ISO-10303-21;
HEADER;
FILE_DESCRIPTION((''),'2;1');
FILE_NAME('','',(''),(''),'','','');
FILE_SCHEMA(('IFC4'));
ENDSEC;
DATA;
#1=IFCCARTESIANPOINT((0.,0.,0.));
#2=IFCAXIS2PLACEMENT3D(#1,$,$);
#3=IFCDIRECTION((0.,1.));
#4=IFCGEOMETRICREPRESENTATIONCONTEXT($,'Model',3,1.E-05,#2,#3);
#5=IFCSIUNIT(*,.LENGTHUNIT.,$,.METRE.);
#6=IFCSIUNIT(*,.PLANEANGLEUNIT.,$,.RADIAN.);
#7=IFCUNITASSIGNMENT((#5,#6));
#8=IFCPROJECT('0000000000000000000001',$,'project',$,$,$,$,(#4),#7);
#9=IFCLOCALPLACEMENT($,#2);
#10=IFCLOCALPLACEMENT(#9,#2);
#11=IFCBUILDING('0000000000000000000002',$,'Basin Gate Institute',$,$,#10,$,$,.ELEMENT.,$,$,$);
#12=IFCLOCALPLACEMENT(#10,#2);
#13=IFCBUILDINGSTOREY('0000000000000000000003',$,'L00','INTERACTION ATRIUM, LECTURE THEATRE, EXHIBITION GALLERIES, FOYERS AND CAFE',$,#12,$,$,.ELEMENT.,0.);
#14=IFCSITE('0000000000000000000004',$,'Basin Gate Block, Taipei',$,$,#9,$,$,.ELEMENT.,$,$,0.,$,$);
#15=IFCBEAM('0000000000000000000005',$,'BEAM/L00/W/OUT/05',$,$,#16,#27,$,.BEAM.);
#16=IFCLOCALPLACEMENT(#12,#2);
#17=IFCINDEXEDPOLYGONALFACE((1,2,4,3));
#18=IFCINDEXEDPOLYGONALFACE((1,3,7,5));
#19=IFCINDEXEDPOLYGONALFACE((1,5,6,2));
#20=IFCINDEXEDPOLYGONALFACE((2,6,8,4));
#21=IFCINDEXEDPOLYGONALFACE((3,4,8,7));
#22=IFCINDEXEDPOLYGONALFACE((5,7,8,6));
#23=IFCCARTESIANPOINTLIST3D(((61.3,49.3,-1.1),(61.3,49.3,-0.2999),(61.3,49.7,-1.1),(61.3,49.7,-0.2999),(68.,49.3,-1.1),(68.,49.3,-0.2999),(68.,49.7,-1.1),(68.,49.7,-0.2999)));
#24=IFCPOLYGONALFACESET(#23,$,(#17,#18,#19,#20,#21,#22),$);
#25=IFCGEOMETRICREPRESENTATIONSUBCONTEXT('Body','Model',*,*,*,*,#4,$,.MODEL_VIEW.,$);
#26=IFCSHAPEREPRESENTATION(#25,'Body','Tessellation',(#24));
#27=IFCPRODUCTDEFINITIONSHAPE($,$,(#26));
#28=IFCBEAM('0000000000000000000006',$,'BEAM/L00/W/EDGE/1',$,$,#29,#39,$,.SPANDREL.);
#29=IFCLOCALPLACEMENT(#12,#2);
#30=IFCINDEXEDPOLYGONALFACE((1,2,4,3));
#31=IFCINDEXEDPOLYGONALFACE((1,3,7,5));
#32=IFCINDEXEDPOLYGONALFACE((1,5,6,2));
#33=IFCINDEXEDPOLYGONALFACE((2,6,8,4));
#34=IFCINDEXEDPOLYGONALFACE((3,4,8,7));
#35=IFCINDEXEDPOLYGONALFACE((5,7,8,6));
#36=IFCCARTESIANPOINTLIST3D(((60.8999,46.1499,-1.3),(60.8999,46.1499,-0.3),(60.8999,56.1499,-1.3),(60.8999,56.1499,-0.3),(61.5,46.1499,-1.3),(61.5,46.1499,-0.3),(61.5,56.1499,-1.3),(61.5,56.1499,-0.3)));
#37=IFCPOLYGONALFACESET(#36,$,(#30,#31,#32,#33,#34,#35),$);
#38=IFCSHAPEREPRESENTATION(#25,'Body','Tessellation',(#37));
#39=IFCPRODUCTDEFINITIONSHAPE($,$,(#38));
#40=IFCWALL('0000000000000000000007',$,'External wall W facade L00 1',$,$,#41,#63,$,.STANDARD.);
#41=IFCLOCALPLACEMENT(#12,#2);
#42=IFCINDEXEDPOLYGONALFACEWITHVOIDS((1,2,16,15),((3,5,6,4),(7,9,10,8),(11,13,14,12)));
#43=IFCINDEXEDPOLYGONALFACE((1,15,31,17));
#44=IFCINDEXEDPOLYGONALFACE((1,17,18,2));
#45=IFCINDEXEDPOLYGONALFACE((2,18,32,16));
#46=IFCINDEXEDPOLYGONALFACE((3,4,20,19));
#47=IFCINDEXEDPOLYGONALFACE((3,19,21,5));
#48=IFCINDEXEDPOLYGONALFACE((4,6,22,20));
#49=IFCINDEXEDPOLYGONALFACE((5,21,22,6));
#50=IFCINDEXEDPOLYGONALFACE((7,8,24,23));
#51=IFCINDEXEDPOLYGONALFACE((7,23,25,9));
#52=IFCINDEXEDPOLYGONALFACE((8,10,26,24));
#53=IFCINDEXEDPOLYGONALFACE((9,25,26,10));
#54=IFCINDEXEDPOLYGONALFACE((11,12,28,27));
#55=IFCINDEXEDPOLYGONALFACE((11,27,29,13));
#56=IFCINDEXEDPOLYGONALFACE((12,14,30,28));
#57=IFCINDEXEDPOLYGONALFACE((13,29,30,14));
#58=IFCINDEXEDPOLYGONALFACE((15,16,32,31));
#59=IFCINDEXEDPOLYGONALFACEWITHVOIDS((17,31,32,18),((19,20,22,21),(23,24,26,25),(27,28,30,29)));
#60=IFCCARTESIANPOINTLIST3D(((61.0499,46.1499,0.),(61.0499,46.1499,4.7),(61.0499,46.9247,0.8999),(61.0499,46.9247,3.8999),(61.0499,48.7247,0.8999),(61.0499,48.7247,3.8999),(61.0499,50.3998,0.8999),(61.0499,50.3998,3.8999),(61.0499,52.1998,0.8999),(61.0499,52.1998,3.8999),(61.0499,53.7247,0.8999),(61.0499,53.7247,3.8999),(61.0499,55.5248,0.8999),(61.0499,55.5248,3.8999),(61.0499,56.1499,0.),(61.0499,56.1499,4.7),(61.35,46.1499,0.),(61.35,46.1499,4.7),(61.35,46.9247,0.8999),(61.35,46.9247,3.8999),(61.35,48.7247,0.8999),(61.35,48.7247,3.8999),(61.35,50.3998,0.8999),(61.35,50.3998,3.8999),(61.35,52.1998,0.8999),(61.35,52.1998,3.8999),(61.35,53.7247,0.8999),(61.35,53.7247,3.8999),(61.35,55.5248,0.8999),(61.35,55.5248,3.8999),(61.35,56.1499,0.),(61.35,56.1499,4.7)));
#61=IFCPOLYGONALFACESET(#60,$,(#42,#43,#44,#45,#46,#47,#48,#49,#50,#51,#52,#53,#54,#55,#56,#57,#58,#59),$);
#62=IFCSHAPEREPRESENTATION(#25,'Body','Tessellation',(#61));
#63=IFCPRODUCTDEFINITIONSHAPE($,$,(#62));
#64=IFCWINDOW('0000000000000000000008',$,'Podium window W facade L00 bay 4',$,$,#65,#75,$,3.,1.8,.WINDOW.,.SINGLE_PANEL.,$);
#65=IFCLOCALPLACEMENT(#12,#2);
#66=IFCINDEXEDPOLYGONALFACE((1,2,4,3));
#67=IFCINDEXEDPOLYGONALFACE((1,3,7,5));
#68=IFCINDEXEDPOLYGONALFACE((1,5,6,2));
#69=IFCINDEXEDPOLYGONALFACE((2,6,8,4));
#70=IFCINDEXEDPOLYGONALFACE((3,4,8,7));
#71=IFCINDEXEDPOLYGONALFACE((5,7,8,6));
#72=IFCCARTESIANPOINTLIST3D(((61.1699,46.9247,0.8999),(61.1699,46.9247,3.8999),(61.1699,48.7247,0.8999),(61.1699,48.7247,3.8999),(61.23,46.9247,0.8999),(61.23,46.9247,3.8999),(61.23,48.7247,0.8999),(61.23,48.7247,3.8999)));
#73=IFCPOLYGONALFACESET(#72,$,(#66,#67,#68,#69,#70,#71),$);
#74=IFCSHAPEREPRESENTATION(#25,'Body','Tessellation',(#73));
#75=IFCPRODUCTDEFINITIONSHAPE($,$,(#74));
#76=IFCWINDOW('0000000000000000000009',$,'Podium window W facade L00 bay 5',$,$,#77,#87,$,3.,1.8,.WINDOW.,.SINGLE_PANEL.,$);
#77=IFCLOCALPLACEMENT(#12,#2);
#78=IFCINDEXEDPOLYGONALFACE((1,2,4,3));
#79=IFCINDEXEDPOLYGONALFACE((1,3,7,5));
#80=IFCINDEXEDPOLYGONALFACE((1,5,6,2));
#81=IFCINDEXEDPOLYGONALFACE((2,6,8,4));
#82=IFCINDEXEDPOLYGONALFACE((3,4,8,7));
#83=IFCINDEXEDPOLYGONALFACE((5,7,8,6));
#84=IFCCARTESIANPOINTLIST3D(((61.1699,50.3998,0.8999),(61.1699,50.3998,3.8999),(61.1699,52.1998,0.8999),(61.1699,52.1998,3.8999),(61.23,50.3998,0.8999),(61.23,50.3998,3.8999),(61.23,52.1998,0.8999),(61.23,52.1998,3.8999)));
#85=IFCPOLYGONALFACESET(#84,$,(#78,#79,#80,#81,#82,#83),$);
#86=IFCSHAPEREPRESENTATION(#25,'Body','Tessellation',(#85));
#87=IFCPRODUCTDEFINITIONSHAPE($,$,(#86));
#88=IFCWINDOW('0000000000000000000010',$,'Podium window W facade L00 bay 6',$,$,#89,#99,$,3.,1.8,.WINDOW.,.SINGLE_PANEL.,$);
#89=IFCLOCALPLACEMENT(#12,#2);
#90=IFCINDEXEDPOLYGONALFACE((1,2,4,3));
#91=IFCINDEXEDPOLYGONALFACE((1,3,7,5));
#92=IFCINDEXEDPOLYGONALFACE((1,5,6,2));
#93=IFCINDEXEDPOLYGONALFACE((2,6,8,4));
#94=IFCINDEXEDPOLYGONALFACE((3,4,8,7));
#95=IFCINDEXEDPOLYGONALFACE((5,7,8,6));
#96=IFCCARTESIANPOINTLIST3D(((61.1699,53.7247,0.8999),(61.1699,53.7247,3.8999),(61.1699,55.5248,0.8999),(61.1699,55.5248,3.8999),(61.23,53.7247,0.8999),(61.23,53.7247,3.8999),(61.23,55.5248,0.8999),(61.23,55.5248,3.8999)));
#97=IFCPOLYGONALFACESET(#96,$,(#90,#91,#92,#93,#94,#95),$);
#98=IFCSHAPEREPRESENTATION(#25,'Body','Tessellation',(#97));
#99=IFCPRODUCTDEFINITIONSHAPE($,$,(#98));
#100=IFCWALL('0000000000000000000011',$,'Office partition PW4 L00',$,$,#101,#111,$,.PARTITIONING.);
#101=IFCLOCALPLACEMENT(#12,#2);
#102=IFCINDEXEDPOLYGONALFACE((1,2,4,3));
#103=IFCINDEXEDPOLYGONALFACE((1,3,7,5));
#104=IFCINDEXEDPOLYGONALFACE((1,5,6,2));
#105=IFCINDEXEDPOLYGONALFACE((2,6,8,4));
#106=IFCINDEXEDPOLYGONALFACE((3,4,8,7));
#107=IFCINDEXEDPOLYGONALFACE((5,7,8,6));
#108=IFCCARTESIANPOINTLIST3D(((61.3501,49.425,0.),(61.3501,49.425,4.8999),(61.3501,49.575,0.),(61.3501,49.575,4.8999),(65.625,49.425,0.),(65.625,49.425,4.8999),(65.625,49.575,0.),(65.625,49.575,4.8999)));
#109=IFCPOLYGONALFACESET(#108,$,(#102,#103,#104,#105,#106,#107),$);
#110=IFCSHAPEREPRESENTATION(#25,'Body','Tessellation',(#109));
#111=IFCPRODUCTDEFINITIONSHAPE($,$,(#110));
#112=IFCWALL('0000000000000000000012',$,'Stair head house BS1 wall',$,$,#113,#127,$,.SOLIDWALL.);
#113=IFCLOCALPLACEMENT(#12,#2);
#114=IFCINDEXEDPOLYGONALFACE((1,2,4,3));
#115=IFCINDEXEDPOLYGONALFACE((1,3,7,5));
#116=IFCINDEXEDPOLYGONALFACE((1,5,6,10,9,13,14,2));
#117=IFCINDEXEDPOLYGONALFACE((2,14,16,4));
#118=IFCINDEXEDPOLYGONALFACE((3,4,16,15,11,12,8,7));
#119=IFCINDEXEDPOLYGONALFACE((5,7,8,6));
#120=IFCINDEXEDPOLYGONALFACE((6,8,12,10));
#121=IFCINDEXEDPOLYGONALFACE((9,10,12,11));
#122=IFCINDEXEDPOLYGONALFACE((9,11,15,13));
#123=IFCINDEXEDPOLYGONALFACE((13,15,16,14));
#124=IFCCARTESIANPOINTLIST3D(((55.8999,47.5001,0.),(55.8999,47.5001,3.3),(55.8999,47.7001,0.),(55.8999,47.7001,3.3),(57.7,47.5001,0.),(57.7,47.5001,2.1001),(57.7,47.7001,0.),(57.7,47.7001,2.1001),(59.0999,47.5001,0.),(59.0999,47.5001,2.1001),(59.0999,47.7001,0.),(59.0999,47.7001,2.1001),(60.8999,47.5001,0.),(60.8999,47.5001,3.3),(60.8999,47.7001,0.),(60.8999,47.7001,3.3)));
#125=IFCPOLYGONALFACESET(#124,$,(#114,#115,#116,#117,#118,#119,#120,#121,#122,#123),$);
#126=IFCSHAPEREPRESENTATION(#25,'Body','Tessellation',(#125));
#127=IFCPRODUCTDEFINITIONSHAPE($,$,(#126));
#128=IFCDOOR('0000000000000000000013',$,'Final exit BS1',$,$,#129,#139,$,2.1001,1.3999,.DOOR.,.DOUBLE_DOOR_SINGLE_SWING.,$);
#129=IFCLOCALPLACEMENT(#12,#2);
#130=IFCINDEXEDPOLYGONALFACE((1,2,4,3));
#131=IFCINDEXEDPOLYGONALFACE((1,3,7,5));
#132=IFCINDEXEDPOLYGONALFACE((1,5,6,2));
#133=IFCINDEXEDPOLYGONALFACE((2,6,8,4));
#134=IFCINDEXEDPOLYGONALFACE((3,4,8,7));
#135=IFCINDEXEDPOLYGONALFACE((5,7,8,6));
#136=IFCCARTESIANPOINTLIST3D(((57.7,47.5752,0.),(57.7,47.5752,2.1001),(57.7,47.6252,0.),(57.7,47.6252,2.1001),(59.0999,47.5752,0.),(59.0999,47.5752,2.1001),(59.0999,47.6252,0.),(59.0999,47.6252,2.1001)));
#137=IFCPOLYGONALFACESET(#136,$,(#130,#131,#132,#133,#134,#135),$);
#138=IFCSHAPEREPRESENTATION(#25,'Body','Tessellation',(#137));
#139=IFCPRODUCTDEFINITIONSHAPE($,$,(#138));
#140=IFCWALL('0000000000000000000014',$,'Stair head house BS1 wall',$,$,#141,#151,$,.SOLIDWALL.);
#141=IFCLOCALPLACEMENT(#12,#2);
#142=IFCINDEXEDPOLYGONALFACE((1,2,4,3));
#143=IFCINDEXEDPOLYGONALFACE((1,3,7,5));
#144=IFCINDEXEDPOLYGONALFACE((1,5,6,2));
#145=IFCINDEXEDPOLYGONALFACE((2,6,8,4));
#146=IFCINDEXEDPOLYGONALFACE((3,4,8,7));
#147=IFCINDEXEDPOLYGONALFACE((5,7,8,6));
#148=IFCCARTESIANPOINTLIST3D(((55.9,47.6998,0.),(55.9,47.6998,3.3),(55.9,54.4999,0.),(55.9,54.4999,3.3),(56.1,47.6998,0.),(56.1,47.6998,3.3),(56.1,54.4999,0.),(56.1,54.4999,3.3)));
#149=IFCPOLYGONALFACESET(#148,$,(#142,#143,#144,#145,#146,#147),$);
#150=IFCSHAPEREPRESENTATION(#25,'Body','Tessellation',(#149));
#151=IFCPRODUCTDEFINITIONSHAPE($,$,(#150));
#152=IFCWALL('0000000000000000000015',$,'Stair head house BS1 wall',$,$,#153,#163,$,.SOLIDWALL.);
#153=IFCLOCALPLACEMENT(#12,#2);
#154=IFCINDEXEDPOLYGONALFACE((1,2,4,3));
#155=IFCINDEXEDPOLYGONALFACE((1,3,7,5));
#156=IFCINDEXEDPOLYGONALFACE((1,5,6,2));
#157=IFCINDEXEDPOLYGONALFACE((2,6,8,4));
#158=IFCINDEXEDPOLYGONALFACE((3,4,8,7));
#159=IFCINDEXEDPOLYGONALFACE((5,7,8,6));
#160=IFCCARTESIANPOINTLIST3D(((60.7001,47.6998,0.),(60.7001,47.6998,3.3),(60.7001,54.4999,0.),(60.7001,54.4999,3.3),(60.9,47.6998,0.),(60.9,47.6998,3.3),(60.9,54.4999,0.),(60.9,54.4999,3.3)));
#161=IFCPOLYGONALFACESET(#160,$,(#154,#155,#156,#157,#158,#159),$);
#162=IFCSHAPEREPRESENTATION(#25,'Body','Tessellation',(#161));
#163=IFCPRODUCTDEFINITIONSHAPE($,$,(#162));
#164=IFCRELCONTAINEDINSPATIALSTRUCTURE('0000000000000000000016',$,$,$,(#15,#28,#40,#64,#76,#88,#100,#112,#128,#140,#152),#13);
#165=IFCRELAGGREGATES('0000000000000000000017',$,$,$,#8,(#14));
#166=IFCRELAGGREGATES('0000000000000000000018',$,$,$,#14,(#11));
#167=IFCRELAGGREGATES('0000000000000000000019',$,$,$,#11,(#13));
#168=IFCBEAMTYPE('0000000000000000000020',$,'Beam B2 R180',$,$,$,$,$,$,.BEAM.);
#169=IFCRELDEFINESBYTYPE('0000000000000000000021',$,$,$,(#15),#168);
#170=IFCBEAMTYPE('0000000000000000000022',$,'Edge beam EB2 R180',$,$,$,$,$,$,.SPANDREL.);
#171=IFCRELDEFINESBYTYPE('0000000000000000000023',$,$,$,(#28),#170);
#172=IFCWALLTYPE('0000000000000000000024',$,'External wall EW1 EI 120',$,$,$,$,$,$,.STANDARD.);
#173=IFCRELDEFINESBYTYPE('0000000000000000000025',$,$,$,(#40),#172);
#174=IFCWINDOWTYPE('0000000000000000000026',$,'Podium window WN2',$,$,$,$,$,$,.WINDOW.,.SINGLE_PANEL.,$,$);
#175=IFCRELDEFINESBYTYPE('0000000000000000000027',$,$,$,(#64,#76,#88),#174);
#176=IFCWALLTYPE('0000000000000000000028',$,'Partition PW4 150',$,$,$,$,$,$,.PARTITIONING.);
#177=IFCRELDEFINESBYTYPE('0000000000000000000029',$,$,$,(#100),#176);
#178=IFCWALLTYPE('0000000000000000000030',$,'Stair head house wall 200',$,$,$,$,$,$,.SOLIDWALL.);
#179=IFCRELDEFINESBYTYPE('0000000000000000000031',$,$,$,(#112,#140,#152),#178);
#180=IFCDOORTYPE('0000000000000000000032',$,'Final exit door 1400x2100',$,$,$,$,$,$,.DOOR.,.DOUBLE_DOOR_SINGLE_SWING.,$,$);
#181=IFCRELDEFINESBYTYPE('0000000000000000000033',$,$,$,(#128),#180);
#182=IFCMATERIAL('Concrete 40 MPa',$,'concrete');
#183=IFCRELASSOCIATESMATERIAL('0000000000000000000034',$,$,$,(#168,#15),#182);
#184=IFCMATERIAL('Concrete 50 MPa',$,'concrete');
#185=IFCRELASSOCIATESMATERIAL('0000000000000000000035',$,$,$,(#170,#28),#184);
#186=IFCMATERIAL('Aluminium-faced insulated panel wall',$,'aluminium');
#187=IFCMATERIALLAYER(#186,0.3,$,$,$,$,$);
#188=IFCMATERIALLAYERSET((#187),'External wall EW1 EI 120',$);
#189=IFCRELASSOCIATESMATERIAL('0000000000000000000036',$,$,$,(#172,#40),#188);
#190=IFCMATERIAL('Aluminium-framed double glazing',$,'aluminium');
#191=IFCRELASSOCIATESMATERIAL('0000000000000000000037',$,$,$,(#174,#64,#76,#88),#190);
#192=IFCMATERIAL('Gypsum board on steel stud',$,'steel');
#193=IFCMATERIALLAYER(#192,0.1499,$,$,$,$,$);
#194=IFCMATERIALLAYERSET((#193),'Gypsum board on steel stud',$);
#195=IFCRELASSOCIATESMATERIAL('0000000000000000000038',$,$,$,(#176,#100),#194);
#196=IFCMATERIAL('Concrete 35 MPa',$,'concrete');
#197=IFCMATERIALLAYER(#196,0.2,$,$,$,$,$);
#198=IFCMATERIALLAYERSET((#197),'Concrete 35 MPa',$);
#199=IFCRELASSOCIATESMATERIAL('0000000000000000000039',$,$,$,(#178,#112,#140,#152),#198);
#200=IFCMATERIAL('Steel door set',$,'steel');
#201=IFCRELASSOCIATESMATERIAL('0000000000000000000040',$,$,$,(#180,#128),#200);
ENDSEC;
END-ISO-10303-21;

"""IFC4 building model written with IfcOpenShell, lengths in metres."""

from ifc_helpers import new_model, si_unit, direction, frame, frame_2d, origin, origin_2d, place, context, subcontext, project, spatial, rectangle, extrude, material, layer, layer_set, material_profile, profile_set, type_object, element, fill, save


model = new_model("IFC4")

# Units and contexts
model_context = context("Model", 3, precision=1e-05, world=origin(), true_north=direction((0.0, 1.0)))
body_context = subcontext(model_context, "Body", "Model", "MODEL_VIEW")
ifc_project = project(units=[si_unit("LENGTHUNIT", "METRE"), si_unit("PLANEANGLEUNIT", "RADIAN")], contexts=[model_context])

# Site, building, storey
site_placement = place(None, origin())
site = spatial("IfcSite", under=ifc_project, at=site_placement, Name="Basin Gate Block, Taipei", CompositionType="ELEMENT", RefElevation=0.0)
building_placement = place(site_placement, origin())
building = spatial("IfcBuilding", under=site, at=building_placement, Name="Basin Gate Institute", CompositionType="ELEMENT")
storey_placement = place(building_placement, origin())
storey = spatial("IfcBuildingStorey", under=building, at=storey_placement, Name="L00", Description="INTERACTION ATRIUM, LECTURE THEATRE, EXHIBITION GALLERIES, FOYERS AND CAFE", CompositionType="ELEMENT", Elevation=0.0)

# Beams
ifc_material_1 = material(Name="Concrete 40 MPa", Category="concrete")
ifc_material_profile_1 = material_profile(ifc_material_1, rectangle(XDim=0.3999, YDim=0.8, at=origin_2d()), Name="Beam B2 400 x 800")
ifc_profile_set_1 = profile_set([ifc_material_profile_1], Name="Concrete 40 MPa")
beam_type_1 = type_object("IfcBeamType", Name="Beam B2 R180", PredefinedType="BEAM", material=ifc_profile_set_1)
beam_1_placement = place(storey_placement, frame((61.3, 49.5, -0.7), z_axis=(1.0, 0.0, 0.0), x_axis=(0.0, 1.0, 0.0)))
element("IfcBeam", 1, at=beam_1_placement, inside=storey, type_object=beam_type_1, material=ifc_profile_set_1, Name="BEAM/L00/W/OUT/05", PredefinedType="BEAM", context=body_context, shape_type="SweptSolid", body=[
    extrude(rectangle(XDim=0.3999, YDim=0.8, at=origin_2d()), origin(), (0.0, 0.0, 1.0), 6.7),
])
ifc_material_2 = material(Name="Concrete 50 MPa", Category="concrete")
ifc_material_profile_2 = material_profile(ifc_material_2, rectangle(XDim=0.6001, YDim=1.0, at=origin_2d()), Name="Edge beam EB2 600 x 1000")
ifc_profile_set_2 = profile_set([ifc_material_profile_2], Name="Concrete 50 MPa")
beam_type_2 = type_object("IfcBeamType", Name="Edge beam EB2 R180", PredefinedType="SPANDREL", material=ifc_profile_set_2)
beam_2_placement = place(storey_placement, frame((61.2, 46.1499, -0.8), z_axis=(0.0, 1.0, 0.0), x_axis=(-1.0, 0.0, 0.0)))
element("IfcBeam", 2, at=beam_2_placement, inside=storey, type_object=beam_type_2, material=ifc_profile_set_2, Name="BEAM/L00/W/EDGE/1", PredefinedType="SPANDREL", context=body_context, shape_type="SweptSolid", body=[
    extrude(rectangle(XDim=0.6001, YDim=1.0, at=origin_2d()), origin(), (0.0, 0.0, 1.0), 10.0),
])

# Wall, openings, windows
ifc_material_3 = material(Name="Aluminium-faced insulated panel wall", Category="aluminium")
ifc_layer_1 = layer(ifc_material_3, 0.3)
ifc_layer_set_1 = layer_set([ifc_layer_1], Name="External wall EW1 EI 120")
wall_type_1 = type_object("IfcWallType", Name="External wall EW1 EI 120", PredefinedType="STANDARD", material=ifc_layer_set_1)
wall_1_placement = place(storey_placement, frame((61.2, 46.1499, 0.0), z_axis=(0.0, 0.0, 1.0), x_axis=(0.0, 1.0, 0.0)))
wall_1 = element("IfcWall", 3, at=wall_1_placement, inside=storey, type_object=wall_type_1, material=ifc_layer_set_1, Name="External wall W facade L00 1", PredefinedType="STANDARD", context=body_context, shape_type="SweptSolid", body=[
    extrude(rectangle(XDim=10.0, YDim=0.3, at=frame_2d((5.0, 0.0))), origin(), (0.0, 0.0, 1.0), 4.7),
])
opening_1_placement = place(wall_1_placement, frame((0.7749, 0.0, 0.8999)))
opening_1 = element("IfcOpeningElement", 4, at=opening_1_placement, cuts=wall_1, PredefinedType="OPENING", context=body_context, shape_type="SweptSolid", body=[
    extrude(rectangle(XDim=1.8, YDim=3.0, at=frame_2d((0.8999, 1.5))), frame((0.0, 0.1602, 0.0), z_axis=(0.0, -1.0, 0.0), x_axis=(1.0, 0.0, 0.0)), (0.0, 0.0, 1.0), 0.3201),
])
opening_2_placement = place(wall_1_placement, frame((4.25, 0.0, 0.8999)))
opening_2 = element("IfcOpeningElement", 5, at=opening_2_placement, cuts=wall_1, PredefinedType="OPENING", context=body_context, shape_type="SweptSolid", body=[
    extrude(rectangle(XDim=1.8, YDim=3.0, at=frame_2d((0.8999, 1.5))), frame((0.0, 0.1602, 0.0), z_axis=(0.0, -1.0, 0.0), x_axis=(1.0, 0.0, 0.0)), (0.0, 0.0, 1.0), 0.3201),
])
opening_3_placement = place(wall_1_placement, frame((7.575, 0.0, 0.8999)))
opening_3 = element("IfcOpeningElement", 6, at=opening_3_placement, cuts=wall_1, PredefinedType="OPENING", context=body_context, shape_type="SweptSolid", body=[
    extrude(rectangle(XDim=1.8, YDim=3.0, at=frame_2d((0.8999, 1.5))), frame((0.0, 0.1602, 0.0), z_axis=(0.0, -1.0, 0.0), x_axis=(1.0, 0.0, 0.0)), (0.0, 0.0, 1.0), 0.3201),
])
ifc_material_4 = material(Name="Aluminium-framed double glazing", Category="aluminium")
window_type_1 = type_object("IfcWindowType", Name="Podium window WN2", PartitioningType="SINGLE_PANEL", PredefinedType="WINDOW", material=ifc_material_4)
window_1_placement = place(opening_1_placement, origin())
window_1 = element("IfcWindow", 7, at=window_1_placement, inside=storey, type_object=window_type_1, material=ifc_material_4, Name="Podium window W facade L00 bay 4", OverallHeight=3.0, OverallWidth=1.8, PartitioningType="SINGLE_PANEL", PredefinedType="WINDOW", context=body_context, shape_type="SweptSolid", body=[
    extrude(rectangle(XDim=1.8, YDim=3.0, at=frame_2d((0.8999, 1.5))), frame((0.0, 0.03, 0.0), z_axis=(0.0, -1.0, 0.0), x_axis=(1.0, 0.0, 0.0)), (0.0, 0.0, 1.0), 0.0601),
])
fill(opening_1, window_1)
window_2_placement = place(opening_2_placement, origin())
window_2 = element("IfcWindow", 8, at=window_2_placement, inside=storey, type_object=window_type_1, material=ifc_material_4, Name="Podium window W facade L00 bay 5", OverallHeight=3.0, OverallWidth=1.8, PartitioningType="SINGLE_PANEL", PredefinedType="WINDOW", context=body_context, shape_type="SweptSolid", body=[
    extrude(rectangle(XDim=1.8, YDim=3.0, at=frame_2d((0.8999, 1.5))), frame((0.0, 0.03, 0.0), z_axis=(0.0, -1.0, 0.0), x_axis=(1.0, 0.0, 0.0)), (0.0, 0.0, 1.0), 0.0601),
])
fill(opening_2, window_2)
window_3_placement = place(opening_3_placement, origin())
window_3 = element("IfcWindow", 9, at=window_3_placement, inside=storey, type_object=window_type_1, material=ifc_material_4, Name="Podium window W facade L00 bay 6", OverallHeight=3.0, OverallWidth=1.8, PartitioningType="SINGLE_PANEL", PredefinedType="WINDOW", context=body_context, shape_type="SweptSolid", body=[
    extrude(rectangle(XDim=1.8, YDim=3.0, at=frame_2d((0.8999, 1.5))), frame((0.0, 0.03, 0.0), z_axis=(0.0, -1.0, 0.0), x_axis=(1.0, 0.0, 0.0)), (0.0, 0.0, 1.0), 0.0601),
])
fill(opening_3, window_3)

# Wall
ifc_material_5 = material(Name="Gypsum board on steel stud", Category="steel")
ifc_layer_2 = layer(ifc_material_5, 0.1499)
ifc_layer_set_2 = layer_set([ifc_layer_2], Name="Gypsum board on steel stud")
wall_type_2 = type_object("IfcWallType", Name="Partition PW4 150", PredefinedType="PARTITIONING", material=ifc_layer_set_2)
wall_2_placement = place(storey_placement, frame((61.3501, 49.5, 0.0), z_axis=(0.0, 0.0, 1.0), x_axis=(1.0, 0.0, 0.0)))
element("IfcWall", 10, at=wall_2_placement, inside=storey, type_object=wall_type_2, material=ifc_layer_set_2, Name="Office partition PW4 L00", PredefinedType="PARTITIONING", context=body_context, shape_type="SweptSolid", body=[
    extrude(rectangle(XDim=4.2749, YDim=0.1499, at=frame_2d((2.1375, 0.0))), origin(), (0.0, 0.0, 1.0), 4.8999),
])

# Wall, opening, door
ifc_material_6 = material(Name="Concrete 35 MPa", Category="concrete")
ifc_layer_3 = layer(ifc_material_6, 0.2)
ifc_layer_set_3 = layer_set([ifc_layer_3], Name="Concrete 35 MPa")
wall_type_3 = type_object("IfcWallType", Name="Stair head house wall 200", PredefinedType="SOLIDWALL", material=ifc_layer_set_3)
wall_3_placement = place(storey_placement, frame((55.8999, 47.6001, 0.0), z_axis=(0.0, 0.0, 1.0), x_axis=(1.0, 0.0, 0.0)))
wall_3 = element("IfcWall", 11, at=wall_3_placement, inside=storey, type_object=wall_type_3, material=ifc_layer_set_3, Name="Stair head house BS1 wall", PredefinedType="SOLIDWALL", context=body_context, shape_type="SweptSolid", body=[
    extrude(rectangle(XDim=5.0, YDim=0.2, at=frame_2d((2.5, 0.0))), origin(), (0.0, 0.0, 1.0), 3.3),
])
opening_4_placement = place(wall_3_placement, frame((1.8, 0.0, 0.0)))
opening_4 = element("IfcOpeningElement", 12, at=opening_4_placement, cuts=wall_3, PredefinedType="OPENING", context=body_context, shape_type="SweptSolid", body=[
    extrude(rectangle(XDim=1.3999, YDim=2.1001, at=frame_2d((0.7, 1.05))), frame((0.0, 0.1099, 0.0), z_axis=(0.0, -1.0, 0.0), x_axis=(1.0, 0.0, 0.0)), (0.0, 0.0, 1.0), 0.22),
])
ifc_material_7 = material(Name="Steel door set", Category="steel")
door_type_1 = type_object("IfcDoorType", Name="Final exit door 1400x2100", OperationType="DOUBLE_DOOR_SINGLE_SWING", PredefinedType="DOOR", material=ifc_material_7)
door_1_placement = place(opening_4_placement, frame((1.3999, 0.0, 0.0), z_axis=(0.0, 0.0, 1.0), x_axis=(-1.0, 0.0, 0.0)))
door_1 = element("IfcDoor", 13, at=door_1_placement, inside=storey, type_object=door_type_1, material=ifc_material_7, Name="Final exit BS1", OperationType="DOUBLE_DOOR_SINGLE_SWING", OverallHeight=2.1001, OverallWidth=1.3999, PredefinedType="DOOR", context=body_context, shape_type="SweptSolid", body=[
    extrude(rectangle(XDim=1.3999, YDim=2.1001, at=frame_2d((0.7, 1.05))), frame((0.0, 0.0249, 0.0), z_axis=(0.0, -1.0, 0.0), x_axis=(1.0, 0.0, 0.0)), (0.0, 0.0, 1.0), 0.05),
])
fill(opening_4, door_1)

# Walls
for number, where, z_axis, x_axis, name in (
    (14, (56.0, 47.7, 0.0), (0.0, 0.0, 1.0), (0.0, 1.0, 0.0), "Stair head house BS1 wall"),
    (15, (60.8, 47.7, 0.0), (0.0, 0.0, 1.0), (0.0, 1.0, 0.0), "Stair head house BS1 wall"),
):
    element("IfcWall", number, at=place(storey_placement, frame(where, z_axis=z_axis, x_axis=x_axis)), inside=storey, type_object=wall_type_3, material=ifc_layer_set_3, Name=name, PredefinedType="SOLIDWALL", context=body_context, shape_type="SweptSolid", body=[
        extrude(rectangle(XDim=6.8, YDim=0.2, at=frame_2d((3.3999, 0.0))), origin(), (0.0, 0.0, 1.0), 3.3),
    ])

save(model, "model.ifc")
